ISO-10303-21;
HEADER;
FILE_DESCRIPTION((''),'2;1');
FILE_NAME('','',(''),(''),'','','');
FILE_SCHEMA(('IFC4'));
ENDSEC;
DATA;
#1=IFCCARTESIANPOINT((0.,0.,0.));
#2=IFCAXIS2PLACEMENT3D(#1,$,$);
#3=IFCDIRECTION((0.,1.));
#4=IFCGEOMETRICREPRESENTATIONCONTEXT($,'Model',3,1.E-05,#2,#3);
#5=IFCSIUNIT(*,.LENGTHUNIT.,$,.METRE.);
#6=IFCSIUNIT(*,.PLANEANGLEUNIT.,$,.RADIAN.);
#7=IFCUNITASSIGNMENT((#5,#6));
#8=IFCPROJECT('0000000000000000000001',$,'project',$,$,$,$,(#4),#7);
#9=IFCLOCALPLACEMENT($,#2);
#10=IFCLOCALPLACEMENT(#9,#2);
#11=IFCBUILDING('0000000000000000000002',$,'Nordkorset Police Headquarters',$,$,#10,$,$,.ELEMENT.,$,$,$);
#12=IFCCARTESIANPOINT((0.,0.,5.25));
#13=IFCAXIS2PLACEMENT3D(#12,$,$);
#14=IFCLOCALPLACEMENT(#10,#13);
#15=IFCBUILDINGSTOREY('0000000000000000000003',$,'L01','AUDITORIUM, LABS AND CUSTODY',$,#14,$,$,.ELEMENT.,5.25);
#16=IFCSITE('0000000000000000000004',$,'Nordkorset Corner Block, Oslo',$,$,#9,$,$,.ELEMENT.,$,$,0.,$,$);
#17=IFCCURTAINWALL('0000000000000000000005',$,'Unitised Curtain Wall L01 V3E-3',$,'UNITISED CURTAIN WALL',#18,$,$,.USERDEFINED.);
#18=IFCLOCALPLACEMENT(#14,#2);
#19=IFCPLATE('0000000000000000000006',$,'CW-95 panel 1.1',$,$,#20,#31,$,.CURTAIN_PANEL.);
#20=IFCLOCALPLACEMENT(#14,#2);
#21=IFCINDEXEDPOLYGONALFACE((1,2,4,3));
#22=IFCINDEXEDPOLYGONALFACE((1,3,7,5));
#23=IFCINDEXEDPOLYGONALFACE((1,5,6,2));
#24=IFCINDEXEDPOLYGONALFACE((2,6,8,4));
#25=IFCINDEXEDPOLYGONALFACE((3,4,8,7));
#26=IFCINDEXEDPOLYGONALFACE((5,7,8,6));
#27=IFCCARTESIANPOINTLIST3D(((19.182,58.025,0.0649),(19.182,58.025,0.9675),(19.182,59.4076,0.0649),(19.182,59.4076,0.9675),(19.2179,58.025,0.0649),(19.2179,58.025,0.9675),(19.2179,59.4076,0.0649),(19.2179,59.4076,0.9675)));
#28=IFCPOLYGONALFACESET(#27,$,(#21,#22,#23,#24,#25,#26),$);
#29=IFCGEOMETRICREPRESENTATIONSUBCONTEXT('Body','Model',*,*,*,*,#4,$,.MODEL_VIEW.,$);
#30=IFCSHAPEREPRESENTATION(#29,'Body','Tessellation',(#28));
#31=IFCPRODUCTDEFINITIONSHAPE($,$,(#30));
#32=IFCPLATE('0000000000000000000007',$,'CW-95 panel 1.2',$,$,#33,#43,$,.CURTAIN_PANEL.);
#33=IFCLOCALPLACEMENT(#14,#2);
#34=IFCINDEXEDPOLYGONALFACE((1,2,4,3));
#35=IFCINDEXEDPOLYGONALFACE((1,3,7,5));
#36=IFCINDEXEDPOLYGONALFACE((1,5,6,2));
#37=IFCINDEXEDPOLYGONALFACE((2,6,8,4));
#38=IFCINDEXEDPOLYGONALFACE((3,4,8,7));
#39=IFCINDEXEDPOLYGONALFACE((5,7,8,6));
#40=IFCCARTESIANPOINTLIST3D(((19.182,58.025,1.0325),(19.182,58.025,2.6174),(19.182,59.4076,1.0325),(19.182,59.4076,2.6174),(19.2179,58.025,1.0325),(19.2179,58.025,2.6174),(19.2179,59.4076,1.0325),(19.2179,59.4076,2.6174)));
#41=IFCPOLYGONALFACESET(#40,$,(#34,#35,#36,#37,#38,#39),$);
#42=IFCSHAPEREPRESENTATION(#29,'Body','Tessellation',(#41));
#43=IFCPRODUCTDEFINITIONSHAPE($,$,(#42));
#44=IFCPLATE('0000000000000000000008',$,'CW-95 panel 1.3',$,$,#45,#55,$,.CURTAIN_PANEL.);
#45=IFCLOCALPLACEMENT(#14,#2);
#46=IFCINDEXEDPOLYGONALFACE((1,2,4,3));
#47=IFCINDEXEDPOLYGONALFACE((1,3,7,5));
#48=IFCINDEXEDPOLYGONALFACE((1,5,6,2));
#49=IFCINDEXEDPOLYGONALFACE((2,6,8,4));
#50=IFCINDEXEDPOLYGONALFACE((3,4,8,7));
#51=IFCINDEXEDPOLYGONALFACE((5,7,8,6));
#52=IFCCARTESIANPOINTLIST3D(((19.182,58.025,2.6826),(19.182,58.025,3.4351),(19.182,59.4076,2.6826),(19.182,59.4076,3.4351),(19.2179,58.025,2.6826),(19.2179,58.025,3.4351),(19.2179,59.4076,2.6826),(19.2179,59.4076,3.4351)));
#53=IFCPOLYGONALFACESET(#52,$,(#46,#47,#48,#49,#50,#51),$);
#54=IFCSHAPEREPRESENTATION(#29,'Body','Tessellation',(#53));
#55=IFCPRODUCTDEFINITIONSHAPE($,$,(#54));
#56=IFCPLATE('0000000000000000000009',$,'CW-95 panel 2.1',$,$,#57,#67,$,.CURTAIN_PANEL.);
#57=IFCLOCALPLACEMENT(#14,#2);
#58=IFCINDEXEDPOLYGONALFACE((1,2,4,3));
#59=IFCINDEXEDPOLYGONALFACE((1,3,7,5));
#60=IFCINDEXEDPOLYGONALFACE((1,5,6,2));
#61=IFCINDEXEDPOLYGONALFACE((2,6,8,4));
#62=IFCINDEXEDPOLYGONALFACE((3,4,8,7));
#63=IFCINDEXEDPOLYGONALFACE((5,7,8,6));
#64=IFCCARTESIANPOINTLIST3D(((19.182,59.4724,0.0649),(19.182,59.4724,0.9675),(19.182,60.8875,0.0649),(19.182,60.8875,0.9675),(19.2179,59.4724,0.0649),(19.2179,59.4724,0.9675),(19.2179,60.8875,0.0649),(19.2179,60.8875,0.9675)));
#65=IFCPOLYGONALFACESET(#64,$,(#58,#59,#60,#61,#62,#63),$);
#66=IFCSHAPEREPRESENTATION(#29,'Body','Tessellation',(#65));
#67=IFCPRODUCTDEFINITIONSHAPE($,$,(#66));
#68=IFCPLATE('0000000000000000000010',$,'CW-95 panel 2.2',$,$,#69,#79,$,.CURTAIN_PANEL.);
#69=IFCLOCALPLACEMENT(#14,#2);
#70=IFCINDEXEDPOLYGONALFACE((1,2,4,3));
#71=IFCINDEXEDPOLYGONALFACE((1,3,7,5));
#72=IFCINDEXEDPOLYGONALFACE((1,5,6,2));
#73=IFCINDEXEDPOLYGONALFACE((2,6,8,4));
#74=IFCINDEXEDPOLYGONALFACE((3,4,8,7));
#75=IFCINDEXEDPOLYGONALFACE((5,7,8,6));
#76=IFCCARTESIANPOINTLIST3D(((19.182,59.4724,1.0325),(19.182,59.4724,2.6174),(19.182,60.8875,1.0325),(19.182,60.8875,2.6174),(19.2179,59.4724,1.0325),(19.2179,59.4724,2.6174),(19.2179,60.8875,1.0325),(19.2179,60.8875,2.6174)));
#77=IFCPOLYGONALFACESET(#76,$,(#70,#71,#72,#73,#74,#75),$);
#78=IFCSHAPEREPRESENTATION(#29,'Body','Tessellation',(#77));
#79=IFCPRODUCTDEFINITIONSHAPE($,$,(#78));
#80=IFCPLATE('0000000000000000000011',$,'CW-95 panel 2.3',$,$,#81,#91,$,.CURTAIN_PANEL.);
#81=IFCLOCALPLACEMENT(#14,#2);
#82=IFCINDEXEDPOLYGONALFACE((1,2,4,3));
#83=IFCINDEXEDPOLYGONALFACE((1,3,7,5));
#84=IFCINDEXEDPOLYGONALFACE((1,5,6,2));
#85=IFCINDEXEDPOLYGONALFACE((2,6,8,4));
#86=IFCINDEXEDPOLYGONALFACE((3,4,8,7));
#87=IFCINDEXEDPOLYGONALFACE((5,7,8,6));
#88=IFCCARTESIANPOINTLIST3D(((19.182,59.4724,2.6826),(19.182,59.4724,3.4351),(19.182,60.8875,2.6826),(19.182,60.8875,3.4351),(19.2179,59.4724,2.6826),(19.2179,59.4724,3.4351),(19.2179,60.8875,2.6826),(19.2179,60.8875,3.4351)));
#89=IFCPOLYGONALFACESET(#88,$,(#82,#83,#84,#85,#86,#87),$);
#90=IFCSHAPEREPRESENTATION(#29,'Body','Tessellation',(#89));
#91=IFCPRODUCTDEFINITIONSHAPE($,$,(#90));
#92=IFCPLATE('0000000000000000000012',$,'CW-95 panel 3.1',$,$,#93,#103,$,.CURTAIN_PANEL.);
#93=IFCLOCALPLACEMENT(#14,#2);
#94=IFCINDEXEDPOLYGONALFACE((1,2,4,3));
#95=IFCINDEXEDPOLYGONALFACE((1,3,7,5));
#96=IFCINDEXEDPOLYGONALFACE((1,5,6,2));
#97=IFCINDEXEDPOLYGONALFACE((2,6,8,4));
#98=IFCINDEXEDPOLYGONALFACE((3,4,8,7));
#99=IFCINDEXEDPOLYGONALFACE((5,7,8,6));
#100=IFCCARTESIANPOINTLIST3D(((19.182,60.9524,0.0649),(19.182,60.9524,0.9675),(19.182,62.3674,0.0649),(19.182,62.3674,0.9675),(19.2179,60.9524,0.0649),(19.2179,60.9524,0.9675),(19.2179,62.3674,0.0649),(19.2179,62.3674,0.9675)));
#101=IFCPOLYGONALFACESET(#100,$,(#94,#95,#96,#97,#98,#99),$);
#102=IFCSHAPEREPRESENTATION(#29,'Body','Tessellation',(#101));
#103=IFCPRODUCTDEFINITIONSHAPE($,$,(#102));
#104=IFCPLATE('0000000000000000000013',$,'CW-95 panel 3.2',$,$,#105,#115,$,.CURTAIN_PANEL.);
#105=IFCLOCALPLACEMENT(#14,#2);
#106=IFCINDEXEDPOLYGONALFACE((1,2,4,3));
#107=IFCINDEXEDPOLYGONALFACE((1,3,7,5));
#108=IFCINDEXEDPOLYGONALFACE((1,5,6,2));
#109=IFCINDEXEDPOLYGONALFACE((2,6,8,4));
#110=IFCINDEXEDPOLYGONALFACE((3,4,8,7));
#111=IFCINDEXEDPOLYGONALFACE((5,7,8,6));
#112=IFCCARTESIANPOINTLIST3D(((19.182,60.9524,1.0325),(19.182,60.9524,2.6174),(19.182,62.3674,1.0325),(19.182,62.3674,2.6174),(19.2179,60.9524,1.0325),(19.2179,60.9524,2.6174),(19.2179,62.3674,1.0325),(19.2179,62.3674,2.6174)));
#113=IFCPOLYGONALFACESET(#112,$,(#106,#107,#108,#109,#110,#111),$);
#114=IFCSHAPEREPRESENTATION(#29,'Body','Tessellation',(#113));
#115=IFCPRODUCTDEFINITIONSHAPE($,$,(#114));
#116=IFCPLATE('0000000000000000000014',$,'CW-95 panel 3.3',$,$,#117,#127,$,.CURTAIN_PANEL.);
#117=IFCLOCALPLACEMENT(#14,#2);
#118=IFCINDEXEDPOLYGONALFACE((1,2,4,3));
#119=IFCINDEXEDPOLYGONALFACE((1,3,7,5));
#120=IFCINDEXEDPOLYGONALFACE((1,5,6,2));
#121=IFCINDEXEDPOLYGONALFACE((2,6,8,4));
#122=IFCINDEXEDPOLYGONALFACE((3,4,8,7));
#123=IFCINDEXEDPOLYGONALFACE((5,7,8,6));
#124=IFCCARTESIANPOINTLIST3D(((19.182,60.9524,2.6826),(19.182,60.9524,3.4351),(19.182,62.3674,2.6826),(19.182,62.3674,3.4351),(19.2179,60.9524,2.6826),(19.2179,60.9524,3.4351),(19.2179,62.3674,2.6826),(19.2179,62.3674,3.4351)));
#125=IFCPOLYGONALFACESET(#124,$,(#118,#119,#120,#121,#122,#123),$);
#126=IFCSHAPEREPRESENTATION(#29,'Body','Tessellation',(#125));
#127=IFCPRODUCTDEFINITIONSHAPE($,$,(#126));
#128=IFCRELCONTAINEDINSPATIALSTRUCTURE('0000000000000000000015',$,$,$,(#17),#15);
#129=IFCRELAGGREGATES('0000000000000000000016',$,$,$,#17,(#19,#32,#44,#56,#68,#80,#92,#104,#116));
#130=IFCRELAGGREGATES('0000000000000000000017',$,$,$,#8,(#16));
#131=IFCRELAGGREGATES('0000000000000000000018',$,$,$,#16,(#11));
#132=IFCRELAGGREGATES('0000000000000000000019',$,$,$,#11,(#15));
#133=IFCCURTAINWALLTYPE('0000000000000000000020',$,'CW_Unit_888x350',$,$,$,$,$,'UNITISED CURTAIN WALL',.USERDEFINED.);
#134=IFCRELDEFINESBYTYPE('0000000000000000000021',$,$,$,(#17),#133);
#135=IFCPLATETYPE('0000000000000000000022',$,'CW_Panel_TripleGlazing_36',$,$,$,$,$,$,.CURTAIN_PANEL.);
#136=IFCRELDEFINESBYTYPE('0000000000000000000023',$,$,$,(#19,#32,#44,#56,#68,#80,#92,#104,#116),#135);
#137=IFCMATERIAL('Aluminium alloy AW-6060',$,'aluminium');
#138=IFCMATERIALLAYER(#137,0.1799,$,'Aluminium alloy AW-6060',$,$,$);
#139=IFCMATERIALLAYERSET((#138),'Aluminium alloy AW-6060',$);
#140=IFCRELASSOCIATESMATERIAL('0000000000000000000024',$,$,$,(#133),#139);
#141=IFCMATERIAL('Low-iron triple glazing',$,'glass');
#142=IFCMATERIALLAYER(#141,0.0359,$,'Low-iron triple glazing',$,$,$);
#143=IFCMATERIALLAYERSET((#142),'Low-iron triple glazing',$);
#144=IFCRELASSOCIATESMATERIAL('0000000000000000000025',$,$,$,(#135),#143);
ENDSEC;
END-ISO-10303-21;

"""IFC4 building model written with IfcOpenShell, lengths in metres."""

from ifc_helpers import new_model, si_unit, direction, frame, origin, origin_2d, place, context, subcontext, project, spatial, rectangle, extrude, material, layer, layer_set, type_object, element, aggregate, save


model = new_model("IFC4")

# Units and contexts
model_context = context("Model", 3, precision=1e-05, world=origin(), true_north=direction((0.0, 1.0)))
body_context = subcontext(model_context, "Body", "Model", "MODEL_VIEW")
ifc_project = project(units=[si_unit("LENGTHUNIT", "METRE"), si_unit("PLANEANGLEUNIT", "RADIAN")], contexts=[model_context])

# Site, building, storey
site_placement = place(None, origin())
site = spatial("IfcSite", under=ifc_project, at=site_placement, Name="Nordkorset Corner Block, Oslo", CompositionType="ELEMENT", RefElevation=0.0)
building_placement = place(site_placement, origin())
building = spatial("IfcBuilding", under=site, at=building_placement, Name="Nordkorset Police Headquarters", CompositionType="ELEMENT")
storey_placement = place(building_placement, frame((0.0, 0.0, 5.25)))
storey = spatial("IfcBuildingStorey", under=building, at=storey_placement, Name="L01", Description="AUDITORIUM, LABS AND CUSTODY", CompositionType="ELEMENT", Elevation=5.25)

# Curtain wall, plates
ifc_material_1 = material(Name="Aluminium alloy AW-6060", Category="aluminium")
ifc_layer_1 = layer(ifc_material_1, 0.1799, Name="Aluminium alloy AW-6060")
ifc_layer_set_1 = layer_set([ifc_layer_1], Name="Aluminium alloy AW-6060")
curtain_wall_type = type_object("IfcCurtainWallType", Name="CW_Unit_888x350", ElementType="UNITISED CURTAIN WALL", PredefinedType="USERDEFINED", material=ifc_layer_set_1)
curtain_wall_placement = place(storey_placement, origin())
curtain_wall = element("IfcCurtainWall", 1, at=curtain_wall_placement, inside=storey, type_object=curtain_wall_type, Name="Unitised Curtain Wall L01 V3E-3", ObjectType="UNITISED CURTAIN WALL", PredefinedType="USERDEFINED")
ifc_material_2 = material(Name="Low-iron triple glazing", Category="glass")
ifc_layer_2 = layer(ifc_material_2, 0.0359, Name="Low-iron triple glazing")
ifc_layer_set_2 = layer_set([ifc_layer_2], Name="Low-iron triple glazing")
plate_type = type_object("IfcPlateType", Name="CW_Panel_TripleGlazing_36", PredefinedType="CURTAIN_PANEL", material=ifc_layer_set_2)
plate_1_placement = place(storey_placement, frame((19.2, 58.7163, 0.0649), z_axis=(0.0, 0.0, 1.0), x_axis=(0.0, 1.0, 0.0)))
plate_1 = element("IfcPlate", 2, at=plate_1_placement, type_object=plate_type, Name="CW-95 panel 1.1", PredefinedType="CURTAIN_PANEL", context=body_context, shape_type="SweptSolid", body=[
    extrude(rectangle(XDim=1.3826, YDim=0.0359, at=origin_2d()), origin(), (0.0, 0.0, 1.0), 0.9026),
])
plate_2_placement = place(storey_placement, frame((19.2, 58.7163, 1.0325), z_axis=(0.0, 0.0, 1.0), x_axis=(0.0, 1.0, 0.0)))
plate_2 = element("IfcPlate", 3, at=plate_2_placement, type_object=plate_type, Name="CW-95 panel 1.2", PredefinedType="CURTAIN_PANEL", context=body_context, shape_type="SweptSolid", body=[
    extrude(rectangle(XDim=1.3826, YDim=0.0359, at=origin_2d()), origin(), (0.0, 0.0, 1.0), 1.585),
])
plate_3_placement = place(storey_placement, frame((19.2, 58.7163, 2.6826), z_axis=(0.0, 0.0, 1.0), x_axis=(0.0, 1.0, 0.0)))
plate_3 = element("IfcPlate", 4, at=plate_3_placement, type_object=plate_type, Name="CW-95 panel 1.3", PredefinedType="CURTAIN_PANEL", context=body_context, shape_type="SweptSolid", body=[
    extrude(rectangle(XDim=1.3826, YDim=0.0359, at=origin_2d()), origin(), (0.0, 0.0, 1.0), 0.7524),
])
plate_4_placement = place(storey_placement, frame((19.2, 60.1799, 0.0649), z_axis=(0.0, 0.0, 1.0), x_axis=(0.0, 1.0, 0.0)))
plate_4 = element("IfcPlate", 5, at=plate_4_placement, type_object=plate_type, Name="CW-95 panel 2.1", PredefinedType="CURTAIN_PANEL", context=body_context, shape_type="SweptSolid", body=[
    extrude(rectangle(XDim=1.415, YDim=0.0359, at=origin_2d()), origin(), (0.0, 0.0, 1.0), 0.9026),
])
plate_5_placement = place(storey_placement, frame((19.2, 60.1799, 1.0325), z_axis=(0.0, 0.0, 1.0), x_axis=(0.0, 1.0, 0.0)))
plate_5 = element("IfcPlate", 6, at=plate_5_placement, type_object=plate_type, Name="CW-95 panel 2.2", PredefinedType="CURTAIN_PANEL", context=body_context, shape_type="SweptSolid", body=[
    extrude(rectangle(XDim=1.415, YDim=0.0359, at=origin_2d()), origin(), (0.0, 0.0, 1.0), 1.585),
])
plate_6_placement = place(storey_placement, frame((19.2, 60.1799, 2.6826), z_axis=(0.0, 0.0, 1.0), x_axis=(0.0, 1.0, 0.0)))
plate_6 = element("IfcPlate", 7, at=plate_6_placement, type_object=plate_type, Name="CW-95 panel 2.3", PredefinedType="CURTAIN_PANEL", context=body_context, shape_type="SweptSolid", body=[
    extrude(rectangle(XDim=1.415, YDim=0.0359, at=origin_2d()), origin(), (0.0, 0.0, 1.0), 0.7524),
])
plate_7_placement = place(storey_placement, frame((19.2, 61.6599, 0.0649), z_axis=(0.0, 0.0, 1.0), x_axis=(0.0, 1.0, 0.0)))
plate_7 = element("IfcPlate", 8, at=plate_7_placement, type_object=plate_type, Name="CW-95 panel 3.1", PredefinedType="CURTAIN_PANEL", context=body_context, shape_type="SweptSolid", body=[
    extrude(rectangle(XDim=1.415, YDim=0.0359, at=origin_2d()), origin(), (0.0, 0.0, 1.0), 0.9026),
])
plate_8_placement = place(storey_placement, frame((19.2, 61.6599, 1.0325), z_axis=(0.0, 0.0, 1.0), x_axis=(0.0, 1.0, 0.0)))
plate_8 = element("IfcPlate", 9, at=plate_8_placement, type_object=plate_type, Name="CW-95 panel 3.2", PredefinedType="CURTAIN_PANEL", context=body_context, shape_type="SweptSolid", body=[
    extrude(rectangle(XDim=1.415, YDim=0.0359, at=origin_2d()), origin(), (0.0, 0.0, 1.0), 1.585),
])
plate_9_placement = place(storey_placement, frame((19.2, 61.6599, 2.6826), z_axis=(0.0, 0.0, 1.0), x_axis=(0.0, 1.0, 0.0)))
plate_9 = element("IfcPlate", 10, at=plate_9_placement, type_object=plate_type, Name="CW-95 panel 3.3", PredefinedType="CURTAIN_PANEL", context=body_context, shape_type="SweptSolid", body=[
    extrude(rectangle(XDim=1.415, YDim=0.0359, at=origin_2d()), origin(), (0.0, 0.0, 1.0), 0.7524),
])
aggregate(curtain_wall, [plate_1, plate_2, plate_3, plate_4, plate_5, plate_6, plate_7, plate_8, plate_9])

save(model, "model.ifc")
